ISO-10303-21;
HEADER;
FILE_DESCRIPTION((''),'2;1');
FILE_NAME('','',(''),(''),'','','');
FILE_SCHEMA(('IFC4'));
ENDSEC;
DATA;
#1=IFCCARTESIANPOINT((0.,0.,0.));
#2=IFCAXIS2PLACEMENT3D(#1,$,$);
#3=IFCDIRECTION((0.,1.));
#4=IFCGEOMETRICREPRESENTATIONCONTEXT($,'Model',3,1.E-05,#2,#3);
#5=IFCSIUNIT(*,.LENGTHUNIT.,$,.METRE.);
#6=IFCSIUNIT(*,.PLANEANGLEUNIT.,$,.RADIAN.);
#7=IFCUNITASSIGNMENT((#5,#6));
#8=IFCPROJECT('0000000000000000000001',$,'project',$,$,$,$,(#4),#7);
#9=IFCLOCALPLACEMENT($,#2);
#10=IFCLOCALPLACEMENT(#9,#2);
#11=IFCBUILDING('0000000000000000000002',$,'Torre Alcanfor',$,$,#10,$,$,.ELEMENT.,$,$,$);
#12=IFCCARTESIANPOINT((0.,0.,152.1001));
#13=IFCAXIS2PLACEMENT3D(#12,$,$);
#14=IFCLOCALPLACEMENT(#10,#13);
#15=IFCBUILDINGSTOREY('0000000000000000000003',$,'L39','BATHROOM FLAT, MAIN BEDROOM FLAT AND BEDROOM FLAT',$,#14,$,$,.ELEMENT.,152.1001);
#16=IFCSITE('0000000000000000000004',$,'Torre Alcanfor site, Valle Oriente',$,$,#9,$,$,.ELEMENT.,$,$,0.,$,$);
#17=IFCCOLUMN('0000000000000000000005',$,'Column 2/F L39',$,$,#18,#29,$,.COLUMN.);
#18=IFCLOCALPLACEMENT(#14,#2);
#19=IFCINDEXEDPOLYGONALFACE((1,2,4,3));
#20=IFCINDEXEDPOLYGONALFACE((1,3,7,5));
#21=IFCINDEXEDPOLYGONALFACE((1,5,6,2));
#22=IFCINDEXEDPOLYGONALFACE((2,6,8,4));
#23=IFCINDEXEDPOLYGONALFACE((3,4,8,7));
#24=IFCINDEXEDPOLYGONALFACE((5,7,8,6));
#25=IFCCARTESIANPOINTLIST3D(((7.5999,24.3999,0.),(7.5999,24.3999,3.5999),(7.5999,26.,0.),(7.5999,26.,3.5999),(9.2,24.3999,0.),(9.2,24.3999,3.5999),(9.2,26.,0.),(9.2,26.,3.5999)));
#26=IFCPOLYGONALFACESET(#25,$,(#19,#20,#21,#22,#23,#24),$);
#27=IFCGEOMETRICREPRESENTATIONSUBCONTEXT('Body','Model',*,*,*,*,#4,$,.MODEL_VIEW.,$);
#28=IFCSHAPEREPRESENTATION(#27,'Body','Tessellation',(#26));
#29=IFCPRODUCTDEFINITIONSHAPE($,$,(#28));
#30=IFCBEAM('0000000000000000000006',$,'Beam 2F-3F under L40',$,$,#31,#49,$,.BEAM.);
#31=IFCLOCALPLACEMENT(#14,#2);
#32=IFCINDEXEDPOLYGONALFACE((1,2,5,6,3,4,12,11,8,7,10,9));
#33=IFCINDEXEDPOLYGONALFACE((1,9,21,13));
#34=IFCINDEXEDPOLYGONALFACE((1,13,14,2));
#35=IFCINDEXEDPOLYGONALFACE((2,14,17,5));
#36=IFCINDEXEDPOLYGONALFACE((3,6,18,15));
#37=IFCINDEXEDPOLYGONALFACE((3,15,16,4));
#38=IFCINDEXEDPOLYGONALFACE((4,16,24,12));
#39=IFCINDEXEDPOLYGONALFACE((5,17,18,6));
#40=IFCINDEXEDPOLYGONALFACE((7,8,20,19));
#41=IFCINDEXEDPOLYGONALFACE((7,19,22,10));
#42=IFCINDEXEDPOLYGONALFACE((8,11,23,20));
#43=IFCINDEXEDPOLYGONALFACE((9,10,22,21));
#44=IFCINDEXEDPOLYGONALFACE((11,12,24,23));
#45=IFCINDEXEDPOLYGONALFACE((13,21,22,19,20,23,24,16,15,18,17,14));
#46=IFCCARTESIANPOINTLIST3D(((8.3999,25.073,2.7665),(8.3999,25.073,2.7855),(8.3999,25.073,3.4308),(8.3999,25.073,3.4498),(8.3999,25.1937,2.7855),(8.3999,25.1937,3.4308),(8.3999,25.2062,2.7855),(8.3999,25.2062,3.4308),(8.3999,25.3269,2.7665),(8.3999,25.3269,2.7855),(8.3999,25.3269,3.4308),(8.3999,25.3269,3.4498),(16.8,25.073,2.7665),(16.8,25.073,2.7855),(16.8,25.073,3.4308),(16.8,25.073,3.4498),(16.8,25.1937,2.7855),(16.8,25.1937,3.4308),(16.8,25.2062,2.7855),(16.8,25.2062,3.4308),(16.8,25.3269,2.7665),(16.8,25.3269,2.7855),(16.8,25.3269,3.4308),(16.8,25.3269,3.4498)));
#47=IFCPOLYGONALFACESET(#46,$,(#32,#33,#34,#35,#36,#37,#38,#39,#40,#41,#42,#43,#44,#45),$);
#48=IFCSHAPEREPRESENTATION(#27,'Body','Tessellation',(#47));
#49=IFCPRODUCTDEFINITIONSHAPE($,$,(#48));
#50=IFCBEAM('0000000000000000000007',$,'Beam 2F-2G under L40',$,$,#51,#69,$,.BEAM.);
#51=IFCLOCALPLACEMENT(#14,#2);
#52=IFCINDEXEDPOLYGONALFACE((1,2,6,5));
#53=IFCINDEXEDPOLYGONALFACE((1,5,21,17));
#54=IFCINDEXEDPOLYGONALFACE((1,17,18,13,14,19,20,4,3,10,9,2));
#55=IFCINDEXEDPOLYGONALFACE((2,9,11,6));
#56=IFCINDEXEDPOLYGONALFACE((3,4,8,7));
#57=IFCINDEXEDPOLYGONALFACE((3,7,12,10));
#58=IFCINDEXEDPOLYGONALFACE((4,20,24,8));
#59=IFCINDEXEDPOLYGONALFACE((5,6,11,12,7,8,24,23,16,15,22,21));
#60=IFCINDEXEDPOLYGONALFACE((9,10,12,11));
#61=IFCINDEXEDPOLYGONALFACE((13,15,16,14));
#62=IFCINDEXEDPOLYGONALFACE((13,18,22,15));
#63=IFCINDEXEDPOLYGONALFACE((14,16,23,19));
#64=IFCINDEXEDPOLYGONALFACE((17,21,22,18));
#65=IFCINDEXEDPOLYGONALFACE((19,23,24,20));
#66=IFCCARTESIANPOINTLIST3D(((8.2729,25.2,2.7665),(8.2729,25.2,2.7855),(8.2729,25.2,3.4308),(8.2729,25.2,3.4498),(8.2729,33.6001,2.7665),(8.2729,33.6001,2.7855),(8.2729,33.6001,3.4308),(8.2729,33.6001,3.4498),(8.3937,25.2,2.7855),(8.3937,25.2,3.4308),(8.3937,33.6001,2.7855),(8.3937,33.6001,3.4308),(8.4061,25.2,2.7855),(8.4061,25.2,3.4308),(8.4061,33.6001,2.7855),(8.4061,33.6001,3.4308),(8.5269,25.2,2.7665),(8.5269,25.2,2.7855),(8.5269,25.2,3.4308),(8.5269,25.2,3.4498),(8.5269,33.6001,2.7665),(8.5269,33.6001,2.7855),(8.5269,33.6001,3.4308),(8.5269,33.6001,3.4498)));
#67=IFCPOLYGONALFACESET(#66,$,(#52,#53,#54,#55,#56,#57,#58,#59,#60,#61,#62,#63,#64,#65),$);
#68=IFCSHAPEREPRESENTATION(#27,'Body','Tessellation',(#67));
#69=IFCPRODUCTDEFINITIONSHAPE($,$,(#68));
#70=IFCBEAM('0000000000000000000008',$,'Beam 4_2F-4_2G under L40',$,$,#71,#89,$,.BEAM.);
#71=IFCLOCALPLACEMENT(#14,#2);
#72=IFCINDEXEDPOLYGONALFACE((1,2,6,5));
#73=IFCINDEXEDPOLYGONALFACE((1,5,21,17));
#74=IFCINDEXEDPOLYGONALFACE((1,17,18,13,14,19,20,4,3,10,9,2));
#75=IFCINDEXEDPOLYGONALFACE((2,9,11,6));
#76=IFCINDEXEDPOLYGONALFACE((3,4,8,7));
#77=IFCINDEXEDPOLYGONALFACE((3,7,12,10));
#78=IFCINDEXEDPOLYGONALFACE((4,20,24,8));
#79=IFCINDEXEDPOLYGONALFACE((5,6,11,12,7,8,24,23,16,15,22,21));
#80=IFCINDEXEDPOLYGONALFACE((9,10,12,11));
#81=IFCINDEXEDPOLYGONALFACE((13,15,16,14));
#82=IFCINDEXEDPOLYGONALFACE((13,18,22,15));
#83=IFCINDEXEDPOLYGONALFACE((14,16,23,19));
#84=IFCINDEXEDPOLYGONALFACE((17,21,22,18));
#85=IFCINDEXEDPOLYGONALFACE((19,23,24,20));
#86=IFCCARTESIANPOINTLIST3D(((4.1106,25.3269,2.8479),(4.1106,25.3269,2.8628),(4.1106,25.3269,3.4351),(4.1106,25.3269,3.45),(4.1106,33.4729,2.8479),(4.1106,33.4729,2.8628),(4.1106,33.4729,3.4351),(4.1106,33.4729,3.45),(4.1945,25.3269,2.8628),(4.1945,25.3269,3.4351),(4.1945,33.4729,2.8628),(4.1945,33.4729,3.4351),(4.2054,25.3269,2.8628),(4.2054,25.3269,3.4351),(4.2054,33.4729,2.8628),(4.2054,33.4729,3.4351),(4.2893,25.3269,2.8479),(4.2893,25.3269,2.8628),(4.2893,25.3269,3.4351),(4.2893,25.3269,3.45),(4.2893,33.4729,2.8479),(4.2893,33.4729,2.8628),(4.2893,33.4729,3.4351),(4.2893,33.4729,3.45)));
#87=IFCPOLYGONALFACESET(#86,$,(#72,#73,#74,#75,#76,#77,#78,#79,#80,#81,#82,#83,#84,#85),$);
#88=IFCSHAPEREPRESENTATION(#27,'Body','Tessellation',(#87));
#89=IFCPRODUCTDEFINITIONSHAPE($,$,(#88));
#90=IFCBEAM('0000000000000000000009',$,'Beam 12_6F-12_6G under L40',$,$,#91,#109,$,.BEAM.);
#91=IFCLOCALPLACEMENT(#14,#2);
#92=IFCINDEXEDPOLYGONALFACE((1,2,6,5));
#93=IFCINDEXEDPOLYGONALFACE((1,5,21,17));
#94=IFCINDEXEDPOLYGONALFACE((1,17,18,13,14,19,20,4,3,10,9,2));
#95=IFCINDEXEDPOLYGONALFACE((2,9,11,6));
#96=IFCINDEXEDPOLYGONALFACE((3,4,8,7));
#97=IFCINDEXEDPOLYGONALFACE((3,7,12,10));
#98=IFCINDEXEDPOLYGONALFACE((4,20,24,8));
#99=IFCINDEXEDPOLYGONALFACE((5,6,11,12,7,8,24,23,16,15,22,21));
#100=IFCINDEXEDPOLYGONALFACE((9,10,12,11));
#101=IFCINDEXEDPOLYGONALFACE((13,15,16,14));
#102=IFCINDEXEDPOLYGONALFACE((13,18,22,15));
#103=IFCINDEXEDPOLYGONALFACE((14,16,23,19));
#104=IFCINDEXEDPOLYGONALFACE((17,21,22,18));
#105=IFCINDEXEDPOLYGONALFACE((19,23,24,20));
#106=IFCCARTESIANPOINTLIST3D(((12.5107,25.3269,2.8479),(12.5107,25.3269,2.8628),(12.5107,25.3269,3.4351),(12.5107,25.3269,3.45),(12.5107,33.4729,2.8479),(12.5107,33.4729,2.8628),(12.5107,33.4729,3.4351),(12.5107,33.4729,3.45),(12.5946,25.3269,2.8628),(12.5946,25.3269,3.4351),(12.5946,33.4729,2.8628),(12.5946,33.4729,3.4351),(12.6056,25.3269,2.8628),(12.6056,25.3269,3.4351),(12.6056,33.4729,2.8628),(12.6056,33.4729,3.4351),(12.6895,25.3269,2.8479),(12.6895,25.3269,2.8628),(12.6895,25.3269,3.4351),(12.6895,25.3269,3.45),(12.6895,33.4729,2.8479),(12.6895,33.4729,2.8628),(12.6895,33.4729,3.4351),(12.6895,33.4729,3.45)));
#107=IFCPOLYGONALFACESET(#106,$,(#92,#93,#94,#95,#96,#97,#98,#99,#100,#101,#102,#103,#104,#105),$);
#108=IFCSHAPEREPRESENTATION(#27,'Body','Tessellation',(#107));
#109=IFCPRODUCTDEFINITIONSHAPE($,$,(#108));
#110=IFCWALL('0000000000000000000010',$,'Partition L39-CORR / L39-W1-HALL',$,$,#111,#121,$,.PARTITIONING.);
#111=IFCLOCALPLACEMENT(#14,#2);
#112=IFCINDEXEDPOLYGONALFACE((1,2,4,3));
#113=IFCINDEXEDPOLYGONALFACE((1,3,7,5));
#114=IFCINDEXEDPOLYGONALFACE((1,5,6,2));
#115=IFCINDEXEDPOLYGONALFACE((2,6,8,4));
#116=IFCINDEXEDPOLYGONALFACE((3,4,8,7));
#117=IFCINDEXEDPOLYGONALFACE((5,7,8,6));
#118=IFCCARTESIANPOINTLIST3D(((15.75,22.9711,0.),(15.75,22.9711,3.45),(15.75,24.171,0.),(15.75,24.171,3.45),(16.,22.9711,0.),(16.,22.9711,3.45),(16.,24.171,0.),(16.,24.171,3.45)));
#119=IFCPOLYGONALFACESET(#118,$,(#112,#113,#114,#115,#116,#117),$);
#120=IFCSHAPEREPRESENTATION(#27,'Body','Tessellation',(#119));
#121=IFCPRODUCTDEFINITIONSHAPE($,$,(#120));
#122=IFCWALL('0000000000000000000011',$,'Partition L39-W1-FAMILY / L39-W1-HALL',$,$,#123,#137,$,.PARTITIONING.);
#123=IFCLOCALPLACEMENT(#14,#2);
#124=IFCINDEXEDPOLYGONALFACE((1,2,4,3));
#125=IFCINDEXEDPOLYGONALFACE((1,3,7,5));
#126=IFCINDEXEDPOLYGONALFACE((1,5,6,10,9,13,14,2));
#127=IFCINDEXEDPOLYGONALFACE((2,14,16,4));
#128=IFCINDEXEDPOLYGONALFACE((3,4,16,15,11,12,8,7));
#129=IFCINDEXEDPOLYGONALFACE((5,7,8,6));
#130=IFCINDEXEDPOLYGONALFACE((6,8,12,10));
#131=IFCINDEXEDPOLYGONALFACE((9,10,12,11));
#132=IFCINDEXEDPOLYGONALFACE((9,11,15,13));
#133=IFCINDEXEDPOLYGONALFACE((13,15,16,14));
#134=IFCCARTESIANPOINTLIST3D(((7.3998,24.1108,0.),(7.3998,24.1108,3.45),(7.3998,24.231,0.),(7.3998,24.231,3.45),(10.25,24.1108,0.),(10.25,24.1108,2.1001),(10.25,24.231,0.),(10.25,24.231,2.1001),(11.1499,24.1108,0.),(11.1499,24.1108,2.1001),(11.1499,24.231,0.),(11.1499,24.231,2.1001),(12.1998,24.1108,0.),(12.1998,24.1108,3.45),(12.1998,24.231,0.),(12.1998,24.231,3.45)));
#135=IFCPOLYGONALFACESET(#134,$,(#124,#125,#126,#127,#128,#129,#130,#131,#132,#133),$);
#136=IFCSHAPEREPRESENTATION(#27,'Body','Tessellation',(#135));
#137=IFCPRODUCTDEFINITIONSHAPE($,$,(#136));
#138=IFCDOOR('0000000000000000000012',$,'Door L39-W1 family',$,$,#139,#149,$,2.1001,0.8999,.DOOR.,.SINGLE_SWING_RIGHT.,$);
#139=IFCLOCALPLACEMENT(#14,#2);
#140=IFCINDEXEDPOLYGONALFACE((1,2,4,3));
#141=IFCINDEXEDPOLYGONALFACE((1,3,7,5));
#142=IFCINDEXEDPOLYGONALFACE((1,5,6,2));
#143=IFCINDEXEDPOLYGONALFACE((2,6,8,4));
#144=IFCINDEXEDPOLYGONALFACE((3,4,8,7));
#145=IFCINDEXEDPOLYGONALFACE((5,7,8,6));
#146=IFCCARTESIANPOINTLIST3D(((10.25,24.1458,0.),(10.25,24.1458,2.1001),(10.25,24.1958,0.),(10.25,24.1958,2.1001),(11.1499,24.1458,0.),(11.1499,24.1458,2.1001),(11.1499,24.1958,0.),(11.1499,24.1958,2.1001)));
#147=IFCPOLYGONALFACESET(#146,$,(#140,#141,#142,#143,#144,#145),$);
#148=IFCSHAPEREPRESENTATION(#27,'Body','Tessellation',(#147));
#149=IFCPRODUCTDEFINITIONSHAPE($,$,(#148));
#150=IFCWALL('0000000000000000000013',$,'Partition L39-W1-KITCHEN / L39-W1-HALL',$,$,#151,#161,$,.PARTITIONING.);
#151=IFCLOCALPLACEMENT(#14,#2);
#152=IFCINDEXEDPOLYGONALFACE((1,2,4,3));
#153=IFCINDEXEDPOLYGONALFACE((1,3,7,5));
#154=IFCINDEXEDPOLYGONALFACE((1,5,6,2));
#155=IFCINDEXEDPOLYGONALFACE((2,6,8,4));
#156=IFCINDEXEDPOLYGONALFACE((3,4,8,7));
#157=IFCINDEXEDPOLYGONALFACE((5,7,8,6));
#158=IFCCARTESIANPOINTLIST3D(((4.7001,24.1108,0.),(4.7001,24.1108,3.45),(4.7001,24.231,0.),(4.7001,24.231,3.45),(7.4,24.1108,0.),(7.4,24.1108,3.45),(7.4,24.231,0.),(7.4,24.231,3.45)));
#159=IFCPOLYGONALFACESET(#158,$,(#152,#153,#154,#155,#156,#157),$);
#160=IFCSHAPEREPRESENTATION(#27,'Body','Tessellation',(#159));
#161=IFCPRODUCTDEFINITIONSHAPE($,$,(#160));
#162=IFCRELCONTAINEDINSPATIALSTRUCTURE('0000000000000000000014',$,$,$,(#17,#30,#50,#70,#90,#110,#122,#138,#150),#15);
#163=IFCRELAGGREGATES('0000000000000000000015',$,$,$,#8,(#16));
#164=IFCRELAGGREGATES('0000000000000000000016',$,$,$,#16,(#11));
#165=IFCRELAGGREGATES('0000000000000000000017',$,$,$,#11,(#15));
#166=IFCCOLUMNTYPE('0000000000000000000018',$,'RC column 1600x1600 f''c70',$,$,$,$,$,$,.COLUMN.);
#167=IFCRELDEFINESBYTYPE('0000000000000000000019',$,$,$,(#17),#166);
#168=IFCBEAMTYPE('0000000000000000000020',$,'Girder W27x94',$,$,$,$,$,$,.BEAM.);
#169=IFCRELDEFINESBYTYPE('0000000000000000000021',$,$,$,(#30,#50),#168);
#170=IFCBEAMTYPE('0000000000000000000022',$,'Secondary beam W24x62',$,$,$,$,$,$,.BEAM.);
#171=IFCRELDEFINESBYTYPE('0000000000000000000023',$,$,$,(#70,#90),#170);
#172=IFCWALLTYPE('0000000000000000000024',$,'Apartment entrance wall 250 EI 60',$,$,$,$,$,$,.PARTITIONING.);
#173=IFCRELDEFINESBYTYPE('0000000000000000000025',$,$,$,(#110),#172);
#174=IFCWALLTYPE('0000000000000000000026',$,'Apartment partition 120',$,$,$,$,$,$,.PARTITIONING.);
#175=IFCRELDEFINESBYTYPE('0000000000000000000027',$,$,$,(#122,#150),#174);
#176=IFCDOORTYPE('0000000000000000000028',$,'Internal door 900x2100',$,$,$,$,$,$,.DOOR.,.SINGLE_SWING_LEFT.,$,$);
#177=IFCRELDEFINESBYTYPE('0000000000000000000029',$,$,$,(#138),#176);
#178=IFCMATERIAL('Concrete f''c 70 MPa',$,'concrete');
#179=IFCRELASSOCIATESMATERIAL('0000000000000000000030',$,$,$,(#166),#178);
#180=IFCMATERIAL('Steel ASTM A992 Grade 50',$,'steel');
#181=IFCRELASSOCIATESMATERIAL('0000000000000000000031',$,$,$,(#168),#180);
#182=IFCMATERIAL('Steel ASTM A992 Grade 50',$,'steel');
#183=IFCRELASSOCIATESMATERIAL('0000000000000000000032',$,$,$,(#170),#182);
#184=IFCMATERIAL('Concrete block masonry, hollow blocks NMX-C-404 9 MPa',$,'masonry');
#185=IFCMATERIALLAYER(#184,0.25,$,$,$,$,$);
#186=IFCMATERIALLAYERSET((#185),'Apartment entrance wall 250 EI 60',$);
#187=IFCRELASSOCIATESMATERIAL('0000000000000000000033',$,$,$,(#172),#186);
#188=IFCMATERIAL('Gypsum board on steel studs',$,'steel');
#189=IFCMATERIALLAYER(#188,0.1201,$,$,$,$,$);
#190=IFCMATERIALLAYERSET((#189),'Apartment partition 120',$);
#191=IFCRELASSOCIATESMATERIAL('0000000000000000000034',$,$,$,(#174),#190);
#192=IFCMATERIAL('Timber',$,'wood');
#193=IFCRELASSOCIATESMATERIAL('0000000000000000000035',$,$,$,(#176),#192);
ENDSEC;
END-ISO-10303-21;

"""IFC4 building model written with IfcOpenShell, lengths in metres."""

from ifc_helpers import new_model, si_unit, direction, frame, frame_2d, origin, origin_2d, place, context, subcontext, project, spatial, rectangle, i_section, extrude, material, layer, layer_set, material_profile, profile_set, type_object, element, fill, save


model = new_model("IFC4")

# Units and contexts
model_context = context("Model", 3, precision=1e-05, world=origin(), true_north=direction((0.0, 1.0)))
body_context = subcontext(model_context, "Body", "Model", "MODEL_VIEW")
ifc_project = project(units=[si_unit("LENGTHUNIT", "METRE"), si_unit("PLANEANGLEUNIT", "RADIAN")], contexts=[model_context])

# Site, building, storey
site_placement = place(None, origin())
site = spatial("IfcSite", under=ifc_project, at=site_placement, Name="Torre Alcanfor site, Valle Oriente", CompositionType="ELEMENT", RefElevation=0.0)
building_placement = place(site_placement, origin())
building = spatial("IfcBuilding", under=site, at=building_placement, Name="Torre Alcanfor", CompositionType="ELEMENT")
storey_placement = place(building_placement, frame((0.0, 0.0, 152.1001)))
storey = spatial("IfcBuildingStorey", under=building, at=storey_placement, Name="L39", Description="BATHROOM FLAT, MAIN BEDROOM FLAT AND BEDROOM FLAT", CompositionType="ELEMENT", Elevation=152.1001)

# Column
ifc_material_1 = material(Name="Concrete f'c 70 MPa", Category="concrete")
ifc_material_profile_1 = material_profile(ifc_material_1, rectangle(XDim=1.6001, YDim=1.6001, at=origin_2d()), Name="1600x1600")
ifc_profile_set_1 = profile_set([ifc_material_profile_1], Name="Concrete f'c 70 MPa")
column_type = type_object("IfcColumnType", Name="RC column 1600x1600 f'c70", PredefinedType="COLUMN", material=ifc_profile_set_1)
column_placement = place(storey_placement, frame((8.3999, 25.2, 0.0), z_axis=(0.0, 0.0, 1.0), x_axis=(1.0, 0.0, 0.0)))
element("IfcColumn", 1, at=column_placement, inside=storey, type_object=column_type, Name="Column 2/F L39", PredefinedType="COLUMN", context=body_context, shape_type="SweptSolid", body=[
    extrude(rectangle(XDim=1.6001, YDim=1.6001, at=origin_2d()), origin(), (0.0, 0.0, 1.0), 3.5999),
])

# Beams
ifc_material_2 = material(Name="Steel ASTM A992 Grade 50", Category="steel")
ifc_material_profile_2 = material_profile(ifc_material_2, i_section(OverallWidth=0.2539, OverallDepth=0.6833, WebThickness=0.0125, FlangeThickness=0.019, at=origin_2d()), Name="W27x94")
ifc_profile_set_2 = profile_set([ifc_material_profile_2], Name="Steel ASTM A992 Grade 50")
beam_type_1 = type_object("IfcBeamType", Name="Girder W27x94", PredefinedType="BEAM", material=ifc_profile_set_2)
for number, where, z_axis, x_axis, name in (
    (2, (8.3999, 25.2, 3.1082), (1.0, 0.0, 0.0), (0.0, 1.0, 0.0), "Beam 2F-3F under L40"),
    (3, (8.3999, 25.2, 3.1082), (0.0, 1.0, 0.0), (-1.0, 0.0, 0.0), "Beam 2F-2G under L40"),
):
    element("IfcBeam", number, at=place(storey_placement, frame(where, z_axis=z_axis, x_axis=x_axis)), inside=storey, type_object=beam_type_1, Name=name, PredefinedType="BEAM", context=body_context, shape_type="SweptSolid", body=[
        extrude(i_section(OverallWidth=0.2539, OverallDepth=0.6833, WebThickness=0.0125, FlangeThickness=0.019, at=origin_2d()), origin(), (0.0, 0.0, 1.0), 8.4001),
    ])
ifc_material_3 = material(Name="Steel ASTM A992 Grade 50", Category="steel")
ifc_material_profile_3 = material_profile(ifc_material_3, i_section(OverallWidth=0.1787, OverallDepth=0.6021, WebThickness=0.011, FlangeThickness=0.0149, at=origin_2d()), Name="W24x62")
ifc_profile_set_3 = profile_set([ifc_material_profile_3], Name="Steel ASTM A992 Grade 50")
beam_type_2 = type_object("IfcBeamType", Name="Secondary beam W24x62", PredefinedType="BEAM", material=ifc_profile_set_3)
for number, where, z_axis, x_axis, name in (
    (4, (4.2, 25.3269, 3.1489), (0.0, 1.0, 0.0), (-1.0, 0.0, 0.0), "Beam 4_2F-4_2G under L40"),
    (5, (12.6001, 25.3269, 3.1489), (0.0, 1.0, 0.0), (-1.0, 0.0, 0.0), "Beam 12_6F-12_6G under L40"),
):
    element("IfcBeam", number, at=place(storey_placement, frame(where, z_axis=z_axis, x_axis=x_axis)), inside=storey, type_object=beam_type_2, Name=name, PredefinedType="BEAM", context=body_context, shape_type="SweptSolid", body=[
        extrude(i_section(OverallWidth=0.1787, OverallDepth=0.6021, WebThickness=0.011, FlangeThickness=0.0149, at=origin_2d()), origin(), (0.0, 0.0, 1.0), 8.146),
    ])

# Wall
ifc_material_4 = material(Name="Concrete block masonry, hollow blocks NMX-C-404 9 MPa", Category="masonry")
ifc_layer_1 = layer(ifc_material_4, 0.25)
ifc_layer_set_1 = layer_set([ifc_layer_1], Name="Apartment entrance wall 250 EI 60")
wall_type_1 = type_object("IfcWallType", Name="Apartment entrance wall 250 EI 60", PredefinedType="PARTITIONING", material=ifc_layer_set_1)
wall_1_placement = place(storey_placement, frame((15.875, 22.9709, 0.0), z_axis=(0.0, 0.0, 1.0), x_axis=(0.0, 1.0, 0.0)))
element("IfcWall", 6, at=wall_1_placement, inside=storey, type_object=wall_type_1, Name="Partition L39-CORR / L39-W1-HALL", PredefinedType="PARTITIONING", context=body_context, shape_type="SweptSolid", body=[
    extrude(rectangle(XDim=1.2, YDim=0.25, at=frame_2d((0.6001, 0.0))), origin(), (0.0, 0.0, 1.0), 3.45),
])

# Wall, opening, door
ifc_material_5 = material(Name="Gypsum board on steel studs", Category="steel")
ifc_layer_2 = layer(ifc_material_5, 0.1201)
ifc_layer_set_2 = layer_set([ifc_layer_2], Name="Apartment partition 120")
wall_type_2 = type_object("IfcWallType", Name="Apartment partition 120", PredefinedType="PARTITIONING", material=ifc_layer_set_2)
wall_2_placement = place(storey_placement, frame((7.3999, 24.1709, 0.0), z_axis=(0.0, 0.0, 1.0), x_axis=(1.0, 0.0, 0.0)))
wall_2 = element("IfcWall", 7, at=wall_2_placement, inside=storey, type_object=wall_type_2, Name="Partition L39-W1-FAMILY / L39-W1-HALL", PredefinedType="PARTITIONING", context=body_context, shape_type="SweptSolid", body=[
    extrude(rectangle(XDim=4.8, YDim=0.1201, at=frame_2d((2.3999, 0.0))), origin(), (0.0, 0.0, 1.0), 3.45),
])
opening_1_placement = place(wall_2_placement, frame((2.8501, 0.0, 0.0)))
opening_1 = element("IfcOpeningElement", 8, at=opening_1_placement, cuts=wall_2, PredefinedType="OPENING", context=body_context, shape_type="SweptSolid", body=[
    extrude(rectangle(XDim=0.8999, YDim=2.1001, at=frame_2d((0.45, 1.05))), frame((0.0, 0.0701, 0.0), z_axis=(0.0, -1.0, 0.0), x_axis=(1.0, 0.0, 0.0)), (0.0, 0.0, 1.0), 0.1401),
])
ifc_material_6 = material(Name="Timber", Category="wood")
door_type_1 = type_object("IfcDoorType", Name="Internal door 900x2100", OperationType="SINGLE_SWING_LEFT", PredefinedType="DOOR", material=ifc_material_6)
door_1_placement = place(opening_1_placement, origin())
door_1 = element("IfcDoor", 9, at=door_1_placement, inside=storey, type_object=door_type_1, Name="Door L39-W1 family", OperationType="SINGLE_SWING_RIGHT", OverallHeight=2.1001, OverallWidth=0.8999, PredefinedType="DOOR", context=body_context, shape_type="SweptSolid", body=[
    extrude(rectangle(XDim=0.8999, YDim=2.1001, at=frame_2d((0.45, 1.05))), frame((0.0, 0.0249, 0.0), z_axis=(0.0, -1.0, 0.0), x_axis=(1.0, 0.0, 0.0)), (0.0, 0.0, 1.0), 0.05),
])
fill(opening_1, door_1)

# Wall
wall_3_placement = place(storey_placement, frame((4.7, 24.1709, 0.0), z_axis=(0.0, 0.0, 1.0), x_axis=(1.0, 0.0, 0.0)))
element("IfcWall", 10, at=wall_3_placement, inside=storey, type_object=wall_type_2, Name="Partition L39-W1-KITCHEN / L39-W1-HALL", PredefinedType="PARTITIONING", context=body_context, shape_type="SweptSolid", body=[
    extrude(rectangle(XDim=2.7, YDim=0.1201, at=frame_2d((1.3501, 0.0))), origin(), (0.0, 0.0, 1.0), 3.45),
])

save(model, "model.ifc")
